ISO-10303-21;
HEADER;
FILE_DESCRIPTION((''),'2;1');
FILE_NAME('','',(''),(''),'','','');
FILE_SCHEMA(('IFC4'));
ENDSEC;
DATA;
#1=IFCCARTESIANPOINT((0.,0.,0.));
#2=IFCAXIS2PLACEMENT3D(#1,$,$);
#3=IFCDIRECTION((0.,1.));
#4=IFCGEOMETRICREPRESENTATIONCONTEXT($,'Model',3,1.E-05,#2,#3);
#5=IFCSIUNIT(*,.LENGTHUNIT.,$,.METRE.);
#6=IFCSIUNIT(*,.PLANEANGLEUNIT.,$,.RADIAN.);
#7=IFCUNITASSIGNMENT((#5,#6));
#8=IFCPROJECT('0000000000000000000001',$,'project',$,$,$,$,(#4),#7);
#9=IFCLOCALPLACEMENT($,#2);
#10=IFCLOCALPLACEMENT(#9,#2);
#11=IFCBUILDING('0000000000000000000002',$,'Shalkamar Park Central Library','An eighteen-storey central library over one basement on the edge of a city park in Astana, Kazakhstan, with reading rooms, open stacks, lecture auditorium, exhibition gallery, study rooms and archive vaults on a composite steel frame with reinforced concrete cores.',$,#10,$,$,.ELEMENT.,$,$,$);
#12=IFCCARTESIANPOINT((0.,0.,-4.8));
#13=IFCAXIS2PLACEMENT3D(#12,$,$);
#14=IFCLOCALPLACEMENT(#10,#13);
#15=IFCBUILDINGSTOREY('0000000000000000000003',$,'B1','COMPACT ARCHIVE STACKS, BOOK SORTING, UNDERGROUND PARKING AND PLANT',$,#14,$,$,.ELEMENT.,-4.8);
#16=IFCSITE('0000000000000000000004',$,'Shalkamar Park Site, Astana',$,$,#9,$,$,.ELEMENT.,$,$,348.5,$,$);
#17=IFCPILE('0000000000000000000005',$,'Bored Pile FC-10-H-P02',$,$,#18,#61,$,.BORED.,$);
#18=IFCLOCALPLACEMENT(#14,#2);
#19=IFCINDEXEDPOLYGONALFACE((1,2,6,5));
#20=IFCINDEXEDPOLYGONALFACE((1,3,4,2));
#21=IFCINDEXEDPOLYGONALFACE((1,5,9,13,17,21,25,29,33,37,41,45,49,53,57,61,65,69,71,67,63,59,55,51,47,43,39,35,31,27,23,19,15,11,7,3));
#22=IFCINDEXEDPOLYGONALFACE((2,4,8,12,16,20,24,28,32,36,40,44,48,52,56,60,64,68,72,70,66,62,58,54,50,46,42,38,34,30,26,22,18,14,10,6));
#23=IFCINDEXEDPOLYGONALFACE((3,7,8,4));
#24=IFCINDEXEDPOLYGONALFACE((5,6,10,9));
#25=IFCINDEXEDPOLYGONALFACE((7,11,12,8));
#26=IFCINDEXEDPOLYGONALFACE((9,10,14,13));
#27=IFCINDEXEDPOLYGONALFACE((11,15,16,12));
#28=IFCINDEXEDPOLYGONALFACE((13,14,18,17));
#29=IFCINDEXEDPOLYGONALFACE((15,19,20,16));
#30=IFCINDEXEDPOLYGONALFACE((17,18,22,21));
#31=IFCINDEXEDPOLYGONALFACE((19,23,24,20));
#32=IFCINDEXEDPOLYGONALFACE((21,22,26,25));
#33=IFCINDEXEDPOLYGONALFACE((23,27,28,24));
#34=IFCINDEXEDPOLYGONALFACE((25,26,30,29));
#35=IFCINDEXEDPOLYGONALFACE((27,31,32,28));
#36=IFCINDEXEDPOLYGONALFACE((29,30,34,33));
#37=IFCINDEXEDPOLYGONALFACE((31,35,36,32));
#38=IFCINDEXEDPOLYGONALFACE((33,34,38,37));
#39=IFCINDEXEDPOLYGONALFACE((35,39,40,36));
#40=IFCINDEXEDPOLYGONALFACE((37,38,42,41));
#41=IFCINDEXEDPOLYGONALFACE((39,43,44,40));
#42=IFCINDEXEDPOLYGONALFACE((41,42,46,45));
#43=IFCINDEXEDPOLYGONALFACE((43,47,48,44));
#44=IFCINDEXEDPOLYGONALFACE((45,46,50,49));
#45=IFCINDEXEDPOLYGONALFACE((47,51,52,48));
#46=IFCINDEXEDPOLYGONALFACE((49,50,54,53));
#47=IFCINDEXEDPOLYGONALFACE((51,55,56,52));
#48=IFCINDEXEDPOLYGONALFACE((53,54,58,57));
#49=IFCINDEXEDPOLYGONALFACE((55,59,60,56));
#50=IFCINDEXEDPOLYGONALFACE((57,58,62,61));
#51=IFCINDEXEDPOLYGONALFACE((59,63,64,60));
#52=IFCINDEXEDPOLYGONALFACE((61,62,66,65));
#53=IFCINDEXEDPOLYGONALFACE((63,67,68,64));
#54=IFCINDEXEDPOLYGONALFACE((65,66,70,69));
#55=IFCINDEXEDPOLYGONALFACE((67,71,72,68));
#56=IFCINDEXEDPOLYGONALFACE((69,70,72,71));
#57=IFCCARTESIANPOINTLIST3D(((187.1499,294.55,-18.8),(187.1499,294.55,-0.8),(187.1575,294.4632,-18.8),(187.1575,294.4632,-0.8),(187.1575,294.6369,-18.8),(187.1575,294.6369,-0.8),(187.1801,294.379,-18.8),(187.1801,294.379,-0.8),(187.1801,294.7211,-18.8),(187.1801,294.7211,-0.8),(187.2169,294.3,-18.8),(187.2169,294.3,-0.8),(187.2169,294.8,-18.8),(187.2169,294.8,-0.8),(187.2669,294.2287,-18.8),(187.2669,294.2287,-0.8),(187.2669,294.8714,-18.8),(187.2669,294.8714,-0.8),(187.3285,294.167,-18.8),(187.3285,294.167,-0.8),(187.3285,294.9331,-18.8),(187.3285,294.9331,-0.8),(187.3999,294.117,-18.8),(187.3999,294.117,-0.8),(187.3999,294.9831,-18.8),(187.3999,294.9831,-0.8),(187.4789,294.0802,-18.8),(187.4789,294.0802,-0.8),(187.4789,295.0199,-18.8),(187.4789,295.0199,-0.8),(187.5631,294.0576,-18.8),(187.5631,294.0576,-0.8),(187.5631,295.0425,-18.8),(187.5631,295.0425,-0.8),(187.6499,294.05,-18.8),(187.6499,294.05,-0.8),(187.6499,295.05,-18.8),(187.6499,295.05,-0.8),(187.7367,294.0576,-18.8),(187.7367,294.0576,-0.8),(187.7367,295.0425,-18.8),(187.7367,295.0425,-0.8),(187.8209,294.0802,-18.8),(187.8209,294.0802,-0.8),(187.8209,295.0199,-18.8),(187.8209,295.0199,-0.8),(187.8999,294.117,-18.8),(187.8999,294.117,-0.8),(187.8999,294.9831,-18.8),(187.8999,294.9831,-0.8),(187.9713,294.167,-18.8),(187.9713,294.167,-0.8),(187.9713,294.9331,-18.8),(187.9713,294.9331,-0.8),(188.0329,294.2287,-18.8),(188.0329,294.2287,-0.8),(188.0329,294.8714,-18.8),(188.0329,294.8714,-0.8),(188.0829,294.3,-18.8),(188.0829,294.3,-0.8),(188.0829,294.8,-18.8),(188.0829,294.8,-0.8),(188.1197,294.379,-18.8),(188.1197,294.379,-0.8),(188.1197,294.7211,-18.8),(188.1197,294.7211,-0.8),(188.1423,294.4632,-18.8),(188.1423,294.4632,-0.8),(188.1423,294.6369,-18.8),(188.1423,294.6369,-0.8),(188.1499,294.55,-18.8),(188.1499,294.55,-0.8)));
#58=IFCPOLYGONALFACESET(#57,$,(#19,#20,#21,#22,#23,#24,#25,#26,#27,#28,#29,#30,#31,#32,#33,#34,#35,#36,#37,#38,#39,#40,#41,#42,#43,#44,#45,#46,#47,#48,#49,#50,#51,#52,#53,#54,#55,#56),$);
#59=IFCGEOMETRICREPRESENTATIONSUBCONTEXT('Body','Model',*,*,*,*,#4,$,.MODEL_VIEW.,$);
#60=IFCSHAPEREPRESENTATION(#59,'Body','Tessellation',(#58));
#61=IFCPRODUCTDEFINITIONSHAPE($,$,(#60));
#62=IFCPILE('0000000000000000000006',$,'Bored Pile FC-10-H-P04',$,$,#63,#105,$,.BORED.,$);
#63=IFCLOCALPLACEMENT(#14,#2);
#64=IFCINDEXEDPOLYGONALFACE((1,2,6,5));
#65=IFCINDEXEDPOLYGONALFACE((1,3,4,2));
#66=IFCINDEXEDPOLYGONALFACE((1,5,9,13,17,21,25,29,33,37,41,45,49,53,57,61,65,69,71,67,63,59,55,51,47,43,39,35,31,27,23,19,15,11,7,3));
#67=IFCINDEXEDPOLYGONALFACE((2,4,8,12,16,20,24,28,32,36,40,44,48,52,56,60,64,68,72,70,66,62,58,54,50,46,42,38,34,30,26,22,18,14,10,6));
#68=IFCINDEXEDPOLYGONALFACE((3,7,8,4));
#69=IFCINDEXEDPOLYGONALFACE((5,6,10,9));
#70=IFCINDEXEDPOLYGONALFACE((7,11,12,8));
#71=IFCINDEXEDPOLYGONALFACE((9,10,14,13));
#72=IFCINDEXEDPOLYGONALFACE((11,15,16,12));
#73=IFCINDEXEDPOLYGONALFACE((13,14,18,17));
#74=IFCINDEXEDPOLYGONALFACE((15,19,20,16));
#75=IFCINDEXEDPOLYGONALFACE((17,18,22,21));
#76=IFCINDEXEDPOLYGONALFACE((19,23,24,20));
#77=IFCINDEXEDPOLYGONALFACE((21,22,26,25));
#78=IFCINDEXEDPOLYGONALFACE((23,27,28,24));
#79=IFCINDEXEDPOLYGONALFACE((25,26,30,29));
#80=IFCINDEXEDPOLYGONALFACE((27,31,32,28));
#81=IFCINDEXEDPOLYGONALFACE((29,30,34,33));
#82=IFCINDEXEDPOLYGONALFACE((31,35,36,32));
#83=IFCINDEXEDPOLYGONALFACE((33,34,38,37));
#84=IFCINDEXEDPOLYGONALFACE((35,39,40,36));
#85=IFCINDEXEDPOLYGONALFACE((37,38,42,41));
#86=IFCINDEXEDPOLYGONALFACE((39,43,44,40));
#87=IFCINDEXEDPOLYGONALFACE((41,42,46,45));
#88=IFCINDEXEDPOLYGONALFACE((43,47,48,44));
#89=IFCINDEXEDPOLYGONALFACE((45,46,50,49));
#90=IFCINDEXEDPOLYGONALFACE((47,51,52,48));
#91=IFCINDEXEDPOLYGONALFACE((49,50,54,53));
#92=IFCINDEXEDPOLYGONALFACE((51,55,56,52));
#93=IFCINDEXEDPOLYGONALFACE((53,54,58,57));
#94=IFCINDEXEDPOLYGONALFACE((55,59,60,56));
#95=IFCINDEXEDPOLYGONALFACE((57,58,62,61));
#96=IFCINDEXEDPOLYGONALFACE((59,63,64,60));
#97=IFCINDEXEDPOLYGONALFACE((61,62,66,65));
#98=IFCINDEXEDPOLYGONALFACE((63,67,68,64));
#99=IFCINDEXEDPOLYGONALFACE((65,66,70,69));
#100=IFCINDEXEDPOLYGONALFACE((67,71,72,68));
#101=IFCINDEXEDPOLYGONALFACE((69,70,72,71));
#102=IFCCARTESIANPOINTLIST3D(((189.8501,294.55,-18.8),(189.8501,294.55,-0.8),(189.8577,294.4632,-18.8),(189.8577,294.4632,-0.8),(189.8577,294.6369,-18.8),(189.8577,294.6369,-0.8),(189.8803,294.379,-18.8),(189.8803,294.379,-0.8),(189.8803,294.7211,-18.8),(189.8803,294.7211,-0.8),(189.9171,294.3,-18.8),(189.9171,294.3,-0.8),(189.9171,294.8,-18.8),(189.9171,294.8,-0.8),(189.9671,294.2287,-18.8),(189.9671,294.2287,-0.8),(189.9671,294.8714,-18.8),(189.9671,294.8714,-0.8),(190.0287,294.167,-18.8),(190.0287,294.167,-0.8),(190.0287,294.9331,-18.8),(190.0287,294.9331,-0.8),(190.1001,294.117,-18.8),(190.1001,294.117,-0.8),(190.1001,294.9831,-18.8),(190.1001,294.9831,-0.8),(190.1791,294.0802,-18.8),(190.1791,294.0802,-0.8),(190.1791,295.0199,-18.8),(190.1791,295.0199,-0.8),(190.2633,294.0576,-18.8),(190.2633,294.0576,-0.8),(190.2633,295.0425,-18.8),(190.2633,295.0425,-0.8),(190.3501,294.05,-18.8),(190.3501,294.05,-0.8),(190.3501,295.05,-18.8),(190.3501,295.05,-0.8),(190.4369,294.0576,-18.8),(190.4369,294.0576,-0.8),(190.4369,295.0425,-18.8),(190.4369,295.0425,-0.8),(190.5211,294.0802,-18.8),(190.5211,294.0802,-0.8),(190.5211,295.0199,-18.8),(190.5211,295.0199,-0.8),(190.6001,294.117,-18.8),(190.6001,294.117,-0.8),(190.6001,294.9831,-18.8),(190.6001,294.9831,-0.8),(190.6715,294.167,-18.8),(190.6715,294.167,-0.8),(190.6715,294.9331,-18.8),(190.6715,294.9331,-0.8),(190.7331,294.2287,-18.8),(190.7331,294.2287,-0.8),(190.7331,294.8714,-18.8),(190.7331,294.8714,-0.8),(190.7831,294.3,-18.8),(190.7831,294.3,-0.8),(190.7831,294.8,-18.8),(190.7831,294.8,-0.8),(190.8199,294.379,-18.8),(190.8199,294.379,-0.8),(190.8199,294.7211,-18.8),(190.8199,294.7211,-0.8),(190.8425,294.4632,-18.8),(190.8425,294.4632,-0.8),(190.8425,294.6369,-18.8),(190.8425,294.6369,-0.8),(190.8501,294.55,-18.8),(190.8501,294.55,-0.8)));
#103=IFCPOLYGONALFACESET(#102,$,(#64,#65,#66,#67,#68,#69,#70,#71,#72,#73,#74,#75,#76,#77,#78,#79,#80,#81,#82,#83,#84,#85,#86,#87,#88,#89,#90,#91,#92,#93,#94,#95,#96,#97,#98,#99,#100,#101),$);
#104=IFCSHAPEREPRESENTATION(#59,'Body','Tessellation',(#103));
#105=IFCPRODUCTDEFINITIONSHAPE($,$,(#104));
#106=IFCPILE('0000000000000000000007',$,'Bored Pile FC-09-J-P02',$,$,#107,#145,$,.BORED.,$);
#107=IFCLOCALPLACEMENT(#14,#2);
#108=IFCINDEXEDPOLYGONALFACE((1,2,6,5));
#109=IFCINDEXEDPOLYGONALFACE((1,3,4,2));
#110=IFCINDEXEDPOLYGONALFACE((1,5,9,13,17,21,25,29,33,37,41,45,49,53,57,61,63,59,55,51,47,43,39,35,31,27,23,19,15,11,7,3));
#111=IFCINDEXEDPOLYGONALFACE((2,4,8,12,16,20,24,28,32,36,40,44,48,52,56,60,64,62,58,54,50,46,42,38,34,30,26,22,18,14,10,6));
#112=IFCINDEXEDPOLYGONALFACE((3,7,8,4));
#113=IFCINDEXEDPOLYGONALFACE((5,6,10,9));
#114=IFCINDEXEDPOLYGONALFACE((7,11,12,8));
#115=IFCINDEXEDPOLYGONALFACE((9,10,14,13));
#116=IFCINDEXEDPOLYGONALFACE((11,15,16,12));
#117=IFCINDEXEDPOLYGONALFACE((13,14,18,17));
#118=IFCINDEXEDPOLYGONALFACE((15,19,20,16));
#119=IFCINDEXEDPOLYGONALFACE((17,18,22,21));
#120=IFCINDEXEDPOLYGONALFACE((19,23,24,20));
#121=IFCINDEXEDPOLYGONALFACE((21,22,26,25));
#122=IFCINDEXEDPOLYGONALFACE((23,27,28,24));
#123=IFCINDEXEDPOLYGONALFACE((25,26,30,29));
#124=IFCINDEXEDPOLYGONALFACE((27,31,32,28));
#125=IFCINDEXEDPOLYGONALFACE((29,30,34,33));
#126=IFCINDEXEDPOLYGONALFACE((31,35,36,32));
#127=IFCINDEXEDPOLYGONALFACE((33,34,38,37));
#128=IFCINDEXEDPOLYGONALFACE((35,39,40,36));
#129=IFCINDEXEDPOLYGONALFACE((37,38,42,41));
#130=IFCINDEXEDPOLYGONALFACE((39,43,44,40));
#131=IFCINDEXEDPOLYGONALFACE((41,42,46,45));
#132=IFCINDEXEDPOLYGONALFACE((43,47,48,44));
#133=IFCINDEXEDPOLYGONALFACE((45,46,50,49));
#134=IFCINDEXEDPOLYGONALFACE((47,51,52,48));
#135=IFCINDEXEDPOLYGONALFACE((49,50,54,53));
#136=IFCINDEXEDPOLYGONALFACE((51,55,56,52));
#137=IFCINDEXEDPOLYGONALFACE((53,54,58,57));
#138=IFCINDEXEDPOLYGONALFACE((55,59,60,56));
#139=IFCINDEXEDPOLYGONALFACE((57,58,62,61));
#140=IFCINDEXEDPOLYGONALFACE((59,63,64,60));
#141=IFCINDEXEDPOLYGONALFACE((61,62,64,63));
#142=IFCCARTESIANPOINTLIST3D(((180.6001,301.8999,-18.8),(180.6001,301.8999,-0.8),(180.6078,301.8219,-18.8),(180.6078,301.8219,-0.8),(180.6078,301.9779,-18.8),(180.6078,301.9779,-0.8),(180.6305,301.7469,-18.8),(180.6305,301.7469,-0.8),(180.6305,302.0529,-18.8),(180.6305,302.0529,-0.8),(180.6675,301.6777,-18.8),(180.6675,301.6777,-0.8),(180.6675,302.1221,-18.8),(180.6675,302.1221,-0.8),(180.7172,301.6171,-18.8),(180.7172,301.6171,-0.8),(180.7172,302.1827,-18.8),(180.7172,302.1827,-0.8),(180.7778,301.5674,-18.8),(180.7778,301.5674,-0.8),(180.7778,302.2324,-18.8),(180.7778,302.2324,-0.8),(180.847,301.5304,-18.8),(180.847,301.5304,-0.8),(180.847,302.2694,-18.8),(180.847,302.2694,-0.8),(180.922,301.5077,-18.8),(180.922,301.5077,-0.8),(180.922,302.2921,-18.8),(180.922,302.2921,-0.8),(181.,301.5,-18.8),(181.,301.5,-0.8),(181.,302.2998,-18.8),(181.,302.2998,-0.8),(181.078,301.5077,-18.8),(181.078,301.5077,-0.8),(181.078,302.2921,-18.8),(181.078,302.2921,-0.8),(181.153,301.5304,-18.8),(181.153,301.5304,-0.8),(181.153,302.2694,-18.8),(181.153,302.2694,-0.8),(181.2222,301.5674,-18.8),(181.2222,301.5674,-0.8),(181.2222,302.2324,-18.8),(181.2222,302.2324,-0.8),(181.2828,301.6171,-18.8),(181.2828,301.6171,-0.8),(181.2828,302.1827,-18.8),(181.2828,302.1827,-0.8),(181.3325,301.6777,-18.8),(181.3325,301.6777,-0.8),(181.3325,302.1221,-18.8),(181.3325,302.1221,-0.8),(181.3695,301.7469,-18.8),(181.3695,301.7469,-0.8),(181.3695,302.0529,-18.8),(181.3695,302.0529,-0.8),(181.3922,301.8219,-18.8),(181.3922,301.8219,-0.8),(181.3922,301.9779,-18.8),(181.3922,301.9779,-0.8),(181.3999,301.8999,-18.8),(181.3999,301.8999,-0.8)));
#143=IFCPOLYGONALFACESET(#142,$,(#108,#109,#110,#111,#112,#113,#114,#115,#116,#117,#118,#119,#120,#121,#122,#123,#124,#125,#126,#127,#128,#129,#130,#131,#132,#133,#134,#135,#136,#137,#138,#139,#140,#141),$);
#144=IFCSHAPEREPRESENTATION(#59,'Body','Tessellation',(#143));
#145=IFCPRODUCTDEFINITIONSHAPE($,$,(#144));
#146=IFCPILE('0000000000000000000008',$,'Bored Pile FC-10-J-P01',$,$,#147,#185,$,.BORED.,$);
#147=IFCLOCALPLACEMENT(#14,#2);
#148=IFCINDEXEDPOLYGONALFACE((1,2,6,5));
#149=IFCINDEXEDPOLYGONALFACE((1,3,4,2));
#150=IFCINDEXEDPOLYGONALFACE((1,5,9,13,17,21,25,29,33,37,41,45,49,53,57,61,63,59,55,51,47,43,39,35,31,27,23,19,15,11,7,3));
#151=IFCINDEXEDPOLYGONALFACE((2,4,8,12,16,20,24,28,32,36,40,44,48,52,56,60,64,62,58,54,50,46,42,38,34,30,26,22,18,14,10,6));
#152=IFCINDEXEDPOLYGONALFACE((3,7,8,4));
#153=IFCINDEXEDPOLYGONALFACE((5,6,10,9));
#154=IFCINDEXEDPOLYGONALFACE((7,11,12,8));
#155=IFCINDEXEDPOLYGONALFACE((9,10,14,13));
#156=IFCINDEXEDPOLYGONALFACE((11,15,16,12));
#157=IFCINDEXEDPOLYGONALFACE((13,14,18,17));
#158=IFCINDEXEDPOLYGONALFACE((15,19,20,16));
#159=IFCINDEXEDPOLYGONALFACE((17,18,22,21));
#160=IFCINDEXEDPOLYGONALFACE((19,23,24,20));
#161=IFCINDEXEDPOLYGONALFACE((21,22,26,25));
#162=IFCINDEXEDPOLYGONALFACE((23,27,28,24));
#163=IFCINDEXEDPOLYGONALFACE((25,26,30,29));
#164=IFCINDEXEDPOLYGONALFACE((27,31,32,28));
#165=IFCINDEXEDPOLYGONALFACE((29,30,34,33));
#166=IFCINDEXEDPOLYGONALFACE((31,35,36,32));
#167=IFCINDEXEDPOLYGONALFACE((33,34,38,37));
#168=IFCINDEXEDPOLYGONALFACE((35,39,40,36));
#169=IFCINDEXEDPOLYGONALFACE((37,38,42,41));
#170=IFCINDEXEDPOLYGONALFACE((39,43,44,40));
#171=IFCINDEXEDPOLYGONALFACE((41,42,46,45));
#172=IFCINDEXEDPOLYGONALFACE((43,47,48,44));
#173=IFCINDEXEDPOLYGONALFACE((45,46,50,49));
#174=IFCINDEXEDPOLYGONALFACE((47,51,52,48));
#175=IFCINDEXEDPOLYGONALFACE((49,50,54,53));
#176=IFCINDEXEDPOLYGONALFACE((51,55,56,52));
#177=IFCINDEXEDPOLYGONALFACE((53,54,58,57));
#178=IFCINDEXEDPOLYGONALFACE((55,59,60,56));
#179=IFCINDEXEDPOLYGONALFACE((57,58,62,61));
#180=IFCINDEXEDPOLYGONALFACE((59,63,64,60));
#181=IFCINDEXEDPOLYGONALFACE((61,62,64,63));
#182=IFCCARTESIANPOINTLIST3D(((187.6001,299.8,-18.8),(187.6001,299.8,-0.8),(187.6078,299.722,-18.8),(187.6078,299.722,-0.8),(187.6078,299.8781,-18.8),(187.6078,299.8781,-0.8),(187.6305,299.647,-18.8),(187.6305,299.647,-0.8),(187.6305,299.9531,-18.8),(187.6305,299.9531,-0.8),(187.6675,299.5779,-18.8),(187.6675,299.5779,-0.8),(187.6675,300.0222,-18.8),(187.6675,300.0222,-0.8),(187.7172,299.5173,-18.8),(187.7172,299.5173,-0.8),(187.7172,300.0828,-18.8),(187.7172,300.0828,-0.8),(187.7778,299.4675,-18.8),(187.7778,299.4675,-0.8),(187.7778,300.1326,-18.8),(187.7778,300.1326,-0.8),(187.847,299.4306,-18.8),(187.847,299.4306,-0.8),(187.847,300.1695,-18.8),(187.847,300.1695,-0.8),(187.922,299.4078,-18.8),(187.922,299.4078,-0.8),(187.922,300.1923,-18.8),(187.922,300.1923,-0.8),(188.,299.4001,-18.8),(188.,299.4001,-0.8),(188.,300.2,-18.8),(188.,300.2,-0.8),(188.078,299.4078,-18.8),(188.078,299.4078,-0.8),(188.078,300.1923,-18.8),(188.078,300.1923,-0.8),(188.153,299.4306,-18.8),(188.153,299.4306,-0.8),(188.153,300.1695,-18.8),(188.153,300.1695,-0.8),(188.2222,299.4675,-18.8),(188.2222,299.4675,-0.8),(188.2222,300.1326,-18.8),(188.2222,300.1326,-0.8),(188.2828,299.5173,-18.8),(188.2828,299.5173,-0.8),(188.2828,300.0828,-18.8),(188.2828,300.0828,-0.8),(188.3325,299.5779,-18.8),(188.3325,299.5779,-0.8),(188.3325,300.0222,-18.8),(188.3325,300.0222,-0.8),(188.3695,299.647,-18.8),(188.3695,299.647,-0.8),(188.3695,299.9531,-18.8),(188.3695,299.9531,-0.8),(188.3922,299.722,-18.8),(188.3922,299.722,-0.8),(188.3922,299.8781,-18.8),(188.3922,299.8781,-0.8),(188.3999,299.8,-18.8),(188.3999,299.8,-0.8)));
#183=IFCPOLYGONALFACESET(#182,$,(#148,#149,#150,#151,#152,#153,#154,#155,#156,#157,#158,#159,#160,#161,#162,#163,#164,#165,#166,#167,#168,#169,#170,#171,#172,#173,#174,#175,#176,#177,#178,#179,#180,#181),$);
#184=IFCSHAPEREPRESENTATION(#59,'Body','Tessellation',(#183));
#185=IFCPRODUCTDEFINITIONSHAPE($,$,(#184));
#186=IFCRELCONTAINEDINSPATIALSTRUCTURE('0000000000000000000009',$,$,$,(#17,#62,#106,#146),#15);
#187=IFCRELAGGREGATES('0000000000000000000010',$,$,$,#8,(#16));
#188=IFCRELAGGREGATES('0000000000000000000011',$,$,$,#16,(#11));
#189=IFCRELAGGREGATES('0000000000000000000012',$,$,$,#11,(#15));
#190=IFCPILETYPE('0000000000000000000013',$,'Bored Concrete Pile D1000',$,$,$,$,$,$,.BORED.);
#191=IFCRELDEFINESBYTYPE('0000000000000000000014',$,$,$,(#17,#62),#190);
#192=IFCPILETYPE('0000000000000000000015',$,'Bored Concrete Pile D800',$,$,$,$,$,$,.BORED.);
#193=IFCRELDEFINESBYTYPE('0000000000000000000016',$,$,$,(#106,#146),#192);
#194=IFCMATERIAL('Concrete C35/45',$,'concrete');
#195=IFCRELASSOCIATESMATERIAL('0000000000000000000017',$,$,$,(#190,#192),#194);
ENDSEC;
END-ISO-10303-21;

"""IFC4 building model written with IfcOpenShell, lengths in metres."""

from ifc_helpers import new_model, si_unit, direction, frame, origin, origin_2d, place, context, subcontext, project, spatial, circle, extrude, material, material_profile, profile_set, type_object, element, save


model = new_model("IFC4")

# Units and contexts
model_context = context("Model", 3, precision=1e-05, world=origin(), true_north=direction((0.0, 1.0)))
body_context = subcontext(model_context, "Body", "Model", "MODEL_VIEW")
ifc_project = project(units=[si_unit("LENGTHUNIT", "METRE"), si_unit("PLANEANGLEUNIT", "RADIAN")], contexts=[model_context])

# Site, building, storey
site_placement = place(None, origin())
site = spatial("IfcSite", under=ifc_project, at=site_placement, Name="Shalkamar Park Site, Astana", CompositionType="ELEMENT", RefElevation=348.5)
building_placement = place(site_placement, origin())
building = spatial("IfcBuilding", under=site, at=building_placement, Name="Shalkamar Park Central Library", Description="An eighteen-storey central library over one basement on the edge of a city park in Astana, Kazakhstan, with reading rooms, open stacks, lecture auditorium, exhibition gallery, study rooms and archive vaults on a composite steel frame with reinforced concrete cores.", CompositionType="ELEMENT")
storey_placement = place(building_placement, frame((0.0, 0.0, -4.8)))
storey = spatial("IfcBuildingStorey", under=building, at=storey_placement, Name="B1", Description="COMPACT ARCHIVE STACKS, BOOK SORTING, UNDERGROUND PARKING AND PLANT", CompositionType="ELEMENT", Elevation=-4.8)

# Piles
ifc_material_1 = material(Name="Concrete C35/45", Category="concrete")
ifc_material_profile_1 = material_profile(ifc_material_1, circle(Radius=0.5, at=origin_2d()), Name="PILE D1000")
ifc_profile_set_1 = profile_set([ifc_material_profile_1], Name="Concrete C35/45")
pile_type_1 = type_object("IfcPileType", Name="Bored Concrete Pile D1000", PredefinedType="BORED", material=ifc_profile_set_1)
for number, where, z_axis, x_axis, name in (
    (1, (187.6499, 294.55, -0.8), (0.0, 0.0, -1.0), (1.0, 0.0, 0.0), "Bored Pile FC-10-H-P02"),
    (2, (190.3501, 294.55, -0.8), (0.0, 0.0, -1.0), (1.0, 0.0, 0.0), "Bored Pile FC-10-H-P04"),
):
    element("IfcPile", number, at=place(storey_placement, frame(where, z_axis=z_axis, x_axis=x_axis)), inside=storey, type_object=pile_type_1, Name=name, PredefinedType="BORED", context=body_context, shape_type="SweptSolid", body=[
        extrude(circle(Radius=0.5, at=origin_2d()), origin(), (0.0, 0.0, 1.0), 18.0),
    ])
ifc_material_profile_2 = material_profile(ifc_material_1, circle(Radius=0.3999, at=origin_2d()), Name="PILE D800")
ifc_profile_set_2 = profile_set([ifc_material_profile_2], Name="Concrete C35/45")
pile_type_2 = type_object("IfcPileType", Name="Bored Concrete Pile D800", PredefinedType="BORED", material=ifc_profile_set_2)
for number, where, z_axis, x_axis, name in (
    (3, (181.0, 301.8999, -0.8), (0.0, 0.0, -1.0), (1.0, 0.0, 0.0), "Bored Pile FC-09-J-P02"),
    (4, (188.0, 299.8, -0.8), (0.0, 0.0, -1.0), (1.0, 0.0, 0.0), "Bored Pile FC-10-J-P01"),
):
    element("IfcPile", number, at=place(storey_placement, frame(where, z_axis=z_axis, x_axis=x_axis)), inside=storey, type_object=pile_type_2, Name=name, PredefinedType="BORED", context=body_context, shape_type="SweptSolid", body=[
        extrude(circle(Radius=0.3999, at=origin_2d()), origin(), (0.0, 0.0, 1.0), 18.0),
    ])

save(model, "model.ifc")
